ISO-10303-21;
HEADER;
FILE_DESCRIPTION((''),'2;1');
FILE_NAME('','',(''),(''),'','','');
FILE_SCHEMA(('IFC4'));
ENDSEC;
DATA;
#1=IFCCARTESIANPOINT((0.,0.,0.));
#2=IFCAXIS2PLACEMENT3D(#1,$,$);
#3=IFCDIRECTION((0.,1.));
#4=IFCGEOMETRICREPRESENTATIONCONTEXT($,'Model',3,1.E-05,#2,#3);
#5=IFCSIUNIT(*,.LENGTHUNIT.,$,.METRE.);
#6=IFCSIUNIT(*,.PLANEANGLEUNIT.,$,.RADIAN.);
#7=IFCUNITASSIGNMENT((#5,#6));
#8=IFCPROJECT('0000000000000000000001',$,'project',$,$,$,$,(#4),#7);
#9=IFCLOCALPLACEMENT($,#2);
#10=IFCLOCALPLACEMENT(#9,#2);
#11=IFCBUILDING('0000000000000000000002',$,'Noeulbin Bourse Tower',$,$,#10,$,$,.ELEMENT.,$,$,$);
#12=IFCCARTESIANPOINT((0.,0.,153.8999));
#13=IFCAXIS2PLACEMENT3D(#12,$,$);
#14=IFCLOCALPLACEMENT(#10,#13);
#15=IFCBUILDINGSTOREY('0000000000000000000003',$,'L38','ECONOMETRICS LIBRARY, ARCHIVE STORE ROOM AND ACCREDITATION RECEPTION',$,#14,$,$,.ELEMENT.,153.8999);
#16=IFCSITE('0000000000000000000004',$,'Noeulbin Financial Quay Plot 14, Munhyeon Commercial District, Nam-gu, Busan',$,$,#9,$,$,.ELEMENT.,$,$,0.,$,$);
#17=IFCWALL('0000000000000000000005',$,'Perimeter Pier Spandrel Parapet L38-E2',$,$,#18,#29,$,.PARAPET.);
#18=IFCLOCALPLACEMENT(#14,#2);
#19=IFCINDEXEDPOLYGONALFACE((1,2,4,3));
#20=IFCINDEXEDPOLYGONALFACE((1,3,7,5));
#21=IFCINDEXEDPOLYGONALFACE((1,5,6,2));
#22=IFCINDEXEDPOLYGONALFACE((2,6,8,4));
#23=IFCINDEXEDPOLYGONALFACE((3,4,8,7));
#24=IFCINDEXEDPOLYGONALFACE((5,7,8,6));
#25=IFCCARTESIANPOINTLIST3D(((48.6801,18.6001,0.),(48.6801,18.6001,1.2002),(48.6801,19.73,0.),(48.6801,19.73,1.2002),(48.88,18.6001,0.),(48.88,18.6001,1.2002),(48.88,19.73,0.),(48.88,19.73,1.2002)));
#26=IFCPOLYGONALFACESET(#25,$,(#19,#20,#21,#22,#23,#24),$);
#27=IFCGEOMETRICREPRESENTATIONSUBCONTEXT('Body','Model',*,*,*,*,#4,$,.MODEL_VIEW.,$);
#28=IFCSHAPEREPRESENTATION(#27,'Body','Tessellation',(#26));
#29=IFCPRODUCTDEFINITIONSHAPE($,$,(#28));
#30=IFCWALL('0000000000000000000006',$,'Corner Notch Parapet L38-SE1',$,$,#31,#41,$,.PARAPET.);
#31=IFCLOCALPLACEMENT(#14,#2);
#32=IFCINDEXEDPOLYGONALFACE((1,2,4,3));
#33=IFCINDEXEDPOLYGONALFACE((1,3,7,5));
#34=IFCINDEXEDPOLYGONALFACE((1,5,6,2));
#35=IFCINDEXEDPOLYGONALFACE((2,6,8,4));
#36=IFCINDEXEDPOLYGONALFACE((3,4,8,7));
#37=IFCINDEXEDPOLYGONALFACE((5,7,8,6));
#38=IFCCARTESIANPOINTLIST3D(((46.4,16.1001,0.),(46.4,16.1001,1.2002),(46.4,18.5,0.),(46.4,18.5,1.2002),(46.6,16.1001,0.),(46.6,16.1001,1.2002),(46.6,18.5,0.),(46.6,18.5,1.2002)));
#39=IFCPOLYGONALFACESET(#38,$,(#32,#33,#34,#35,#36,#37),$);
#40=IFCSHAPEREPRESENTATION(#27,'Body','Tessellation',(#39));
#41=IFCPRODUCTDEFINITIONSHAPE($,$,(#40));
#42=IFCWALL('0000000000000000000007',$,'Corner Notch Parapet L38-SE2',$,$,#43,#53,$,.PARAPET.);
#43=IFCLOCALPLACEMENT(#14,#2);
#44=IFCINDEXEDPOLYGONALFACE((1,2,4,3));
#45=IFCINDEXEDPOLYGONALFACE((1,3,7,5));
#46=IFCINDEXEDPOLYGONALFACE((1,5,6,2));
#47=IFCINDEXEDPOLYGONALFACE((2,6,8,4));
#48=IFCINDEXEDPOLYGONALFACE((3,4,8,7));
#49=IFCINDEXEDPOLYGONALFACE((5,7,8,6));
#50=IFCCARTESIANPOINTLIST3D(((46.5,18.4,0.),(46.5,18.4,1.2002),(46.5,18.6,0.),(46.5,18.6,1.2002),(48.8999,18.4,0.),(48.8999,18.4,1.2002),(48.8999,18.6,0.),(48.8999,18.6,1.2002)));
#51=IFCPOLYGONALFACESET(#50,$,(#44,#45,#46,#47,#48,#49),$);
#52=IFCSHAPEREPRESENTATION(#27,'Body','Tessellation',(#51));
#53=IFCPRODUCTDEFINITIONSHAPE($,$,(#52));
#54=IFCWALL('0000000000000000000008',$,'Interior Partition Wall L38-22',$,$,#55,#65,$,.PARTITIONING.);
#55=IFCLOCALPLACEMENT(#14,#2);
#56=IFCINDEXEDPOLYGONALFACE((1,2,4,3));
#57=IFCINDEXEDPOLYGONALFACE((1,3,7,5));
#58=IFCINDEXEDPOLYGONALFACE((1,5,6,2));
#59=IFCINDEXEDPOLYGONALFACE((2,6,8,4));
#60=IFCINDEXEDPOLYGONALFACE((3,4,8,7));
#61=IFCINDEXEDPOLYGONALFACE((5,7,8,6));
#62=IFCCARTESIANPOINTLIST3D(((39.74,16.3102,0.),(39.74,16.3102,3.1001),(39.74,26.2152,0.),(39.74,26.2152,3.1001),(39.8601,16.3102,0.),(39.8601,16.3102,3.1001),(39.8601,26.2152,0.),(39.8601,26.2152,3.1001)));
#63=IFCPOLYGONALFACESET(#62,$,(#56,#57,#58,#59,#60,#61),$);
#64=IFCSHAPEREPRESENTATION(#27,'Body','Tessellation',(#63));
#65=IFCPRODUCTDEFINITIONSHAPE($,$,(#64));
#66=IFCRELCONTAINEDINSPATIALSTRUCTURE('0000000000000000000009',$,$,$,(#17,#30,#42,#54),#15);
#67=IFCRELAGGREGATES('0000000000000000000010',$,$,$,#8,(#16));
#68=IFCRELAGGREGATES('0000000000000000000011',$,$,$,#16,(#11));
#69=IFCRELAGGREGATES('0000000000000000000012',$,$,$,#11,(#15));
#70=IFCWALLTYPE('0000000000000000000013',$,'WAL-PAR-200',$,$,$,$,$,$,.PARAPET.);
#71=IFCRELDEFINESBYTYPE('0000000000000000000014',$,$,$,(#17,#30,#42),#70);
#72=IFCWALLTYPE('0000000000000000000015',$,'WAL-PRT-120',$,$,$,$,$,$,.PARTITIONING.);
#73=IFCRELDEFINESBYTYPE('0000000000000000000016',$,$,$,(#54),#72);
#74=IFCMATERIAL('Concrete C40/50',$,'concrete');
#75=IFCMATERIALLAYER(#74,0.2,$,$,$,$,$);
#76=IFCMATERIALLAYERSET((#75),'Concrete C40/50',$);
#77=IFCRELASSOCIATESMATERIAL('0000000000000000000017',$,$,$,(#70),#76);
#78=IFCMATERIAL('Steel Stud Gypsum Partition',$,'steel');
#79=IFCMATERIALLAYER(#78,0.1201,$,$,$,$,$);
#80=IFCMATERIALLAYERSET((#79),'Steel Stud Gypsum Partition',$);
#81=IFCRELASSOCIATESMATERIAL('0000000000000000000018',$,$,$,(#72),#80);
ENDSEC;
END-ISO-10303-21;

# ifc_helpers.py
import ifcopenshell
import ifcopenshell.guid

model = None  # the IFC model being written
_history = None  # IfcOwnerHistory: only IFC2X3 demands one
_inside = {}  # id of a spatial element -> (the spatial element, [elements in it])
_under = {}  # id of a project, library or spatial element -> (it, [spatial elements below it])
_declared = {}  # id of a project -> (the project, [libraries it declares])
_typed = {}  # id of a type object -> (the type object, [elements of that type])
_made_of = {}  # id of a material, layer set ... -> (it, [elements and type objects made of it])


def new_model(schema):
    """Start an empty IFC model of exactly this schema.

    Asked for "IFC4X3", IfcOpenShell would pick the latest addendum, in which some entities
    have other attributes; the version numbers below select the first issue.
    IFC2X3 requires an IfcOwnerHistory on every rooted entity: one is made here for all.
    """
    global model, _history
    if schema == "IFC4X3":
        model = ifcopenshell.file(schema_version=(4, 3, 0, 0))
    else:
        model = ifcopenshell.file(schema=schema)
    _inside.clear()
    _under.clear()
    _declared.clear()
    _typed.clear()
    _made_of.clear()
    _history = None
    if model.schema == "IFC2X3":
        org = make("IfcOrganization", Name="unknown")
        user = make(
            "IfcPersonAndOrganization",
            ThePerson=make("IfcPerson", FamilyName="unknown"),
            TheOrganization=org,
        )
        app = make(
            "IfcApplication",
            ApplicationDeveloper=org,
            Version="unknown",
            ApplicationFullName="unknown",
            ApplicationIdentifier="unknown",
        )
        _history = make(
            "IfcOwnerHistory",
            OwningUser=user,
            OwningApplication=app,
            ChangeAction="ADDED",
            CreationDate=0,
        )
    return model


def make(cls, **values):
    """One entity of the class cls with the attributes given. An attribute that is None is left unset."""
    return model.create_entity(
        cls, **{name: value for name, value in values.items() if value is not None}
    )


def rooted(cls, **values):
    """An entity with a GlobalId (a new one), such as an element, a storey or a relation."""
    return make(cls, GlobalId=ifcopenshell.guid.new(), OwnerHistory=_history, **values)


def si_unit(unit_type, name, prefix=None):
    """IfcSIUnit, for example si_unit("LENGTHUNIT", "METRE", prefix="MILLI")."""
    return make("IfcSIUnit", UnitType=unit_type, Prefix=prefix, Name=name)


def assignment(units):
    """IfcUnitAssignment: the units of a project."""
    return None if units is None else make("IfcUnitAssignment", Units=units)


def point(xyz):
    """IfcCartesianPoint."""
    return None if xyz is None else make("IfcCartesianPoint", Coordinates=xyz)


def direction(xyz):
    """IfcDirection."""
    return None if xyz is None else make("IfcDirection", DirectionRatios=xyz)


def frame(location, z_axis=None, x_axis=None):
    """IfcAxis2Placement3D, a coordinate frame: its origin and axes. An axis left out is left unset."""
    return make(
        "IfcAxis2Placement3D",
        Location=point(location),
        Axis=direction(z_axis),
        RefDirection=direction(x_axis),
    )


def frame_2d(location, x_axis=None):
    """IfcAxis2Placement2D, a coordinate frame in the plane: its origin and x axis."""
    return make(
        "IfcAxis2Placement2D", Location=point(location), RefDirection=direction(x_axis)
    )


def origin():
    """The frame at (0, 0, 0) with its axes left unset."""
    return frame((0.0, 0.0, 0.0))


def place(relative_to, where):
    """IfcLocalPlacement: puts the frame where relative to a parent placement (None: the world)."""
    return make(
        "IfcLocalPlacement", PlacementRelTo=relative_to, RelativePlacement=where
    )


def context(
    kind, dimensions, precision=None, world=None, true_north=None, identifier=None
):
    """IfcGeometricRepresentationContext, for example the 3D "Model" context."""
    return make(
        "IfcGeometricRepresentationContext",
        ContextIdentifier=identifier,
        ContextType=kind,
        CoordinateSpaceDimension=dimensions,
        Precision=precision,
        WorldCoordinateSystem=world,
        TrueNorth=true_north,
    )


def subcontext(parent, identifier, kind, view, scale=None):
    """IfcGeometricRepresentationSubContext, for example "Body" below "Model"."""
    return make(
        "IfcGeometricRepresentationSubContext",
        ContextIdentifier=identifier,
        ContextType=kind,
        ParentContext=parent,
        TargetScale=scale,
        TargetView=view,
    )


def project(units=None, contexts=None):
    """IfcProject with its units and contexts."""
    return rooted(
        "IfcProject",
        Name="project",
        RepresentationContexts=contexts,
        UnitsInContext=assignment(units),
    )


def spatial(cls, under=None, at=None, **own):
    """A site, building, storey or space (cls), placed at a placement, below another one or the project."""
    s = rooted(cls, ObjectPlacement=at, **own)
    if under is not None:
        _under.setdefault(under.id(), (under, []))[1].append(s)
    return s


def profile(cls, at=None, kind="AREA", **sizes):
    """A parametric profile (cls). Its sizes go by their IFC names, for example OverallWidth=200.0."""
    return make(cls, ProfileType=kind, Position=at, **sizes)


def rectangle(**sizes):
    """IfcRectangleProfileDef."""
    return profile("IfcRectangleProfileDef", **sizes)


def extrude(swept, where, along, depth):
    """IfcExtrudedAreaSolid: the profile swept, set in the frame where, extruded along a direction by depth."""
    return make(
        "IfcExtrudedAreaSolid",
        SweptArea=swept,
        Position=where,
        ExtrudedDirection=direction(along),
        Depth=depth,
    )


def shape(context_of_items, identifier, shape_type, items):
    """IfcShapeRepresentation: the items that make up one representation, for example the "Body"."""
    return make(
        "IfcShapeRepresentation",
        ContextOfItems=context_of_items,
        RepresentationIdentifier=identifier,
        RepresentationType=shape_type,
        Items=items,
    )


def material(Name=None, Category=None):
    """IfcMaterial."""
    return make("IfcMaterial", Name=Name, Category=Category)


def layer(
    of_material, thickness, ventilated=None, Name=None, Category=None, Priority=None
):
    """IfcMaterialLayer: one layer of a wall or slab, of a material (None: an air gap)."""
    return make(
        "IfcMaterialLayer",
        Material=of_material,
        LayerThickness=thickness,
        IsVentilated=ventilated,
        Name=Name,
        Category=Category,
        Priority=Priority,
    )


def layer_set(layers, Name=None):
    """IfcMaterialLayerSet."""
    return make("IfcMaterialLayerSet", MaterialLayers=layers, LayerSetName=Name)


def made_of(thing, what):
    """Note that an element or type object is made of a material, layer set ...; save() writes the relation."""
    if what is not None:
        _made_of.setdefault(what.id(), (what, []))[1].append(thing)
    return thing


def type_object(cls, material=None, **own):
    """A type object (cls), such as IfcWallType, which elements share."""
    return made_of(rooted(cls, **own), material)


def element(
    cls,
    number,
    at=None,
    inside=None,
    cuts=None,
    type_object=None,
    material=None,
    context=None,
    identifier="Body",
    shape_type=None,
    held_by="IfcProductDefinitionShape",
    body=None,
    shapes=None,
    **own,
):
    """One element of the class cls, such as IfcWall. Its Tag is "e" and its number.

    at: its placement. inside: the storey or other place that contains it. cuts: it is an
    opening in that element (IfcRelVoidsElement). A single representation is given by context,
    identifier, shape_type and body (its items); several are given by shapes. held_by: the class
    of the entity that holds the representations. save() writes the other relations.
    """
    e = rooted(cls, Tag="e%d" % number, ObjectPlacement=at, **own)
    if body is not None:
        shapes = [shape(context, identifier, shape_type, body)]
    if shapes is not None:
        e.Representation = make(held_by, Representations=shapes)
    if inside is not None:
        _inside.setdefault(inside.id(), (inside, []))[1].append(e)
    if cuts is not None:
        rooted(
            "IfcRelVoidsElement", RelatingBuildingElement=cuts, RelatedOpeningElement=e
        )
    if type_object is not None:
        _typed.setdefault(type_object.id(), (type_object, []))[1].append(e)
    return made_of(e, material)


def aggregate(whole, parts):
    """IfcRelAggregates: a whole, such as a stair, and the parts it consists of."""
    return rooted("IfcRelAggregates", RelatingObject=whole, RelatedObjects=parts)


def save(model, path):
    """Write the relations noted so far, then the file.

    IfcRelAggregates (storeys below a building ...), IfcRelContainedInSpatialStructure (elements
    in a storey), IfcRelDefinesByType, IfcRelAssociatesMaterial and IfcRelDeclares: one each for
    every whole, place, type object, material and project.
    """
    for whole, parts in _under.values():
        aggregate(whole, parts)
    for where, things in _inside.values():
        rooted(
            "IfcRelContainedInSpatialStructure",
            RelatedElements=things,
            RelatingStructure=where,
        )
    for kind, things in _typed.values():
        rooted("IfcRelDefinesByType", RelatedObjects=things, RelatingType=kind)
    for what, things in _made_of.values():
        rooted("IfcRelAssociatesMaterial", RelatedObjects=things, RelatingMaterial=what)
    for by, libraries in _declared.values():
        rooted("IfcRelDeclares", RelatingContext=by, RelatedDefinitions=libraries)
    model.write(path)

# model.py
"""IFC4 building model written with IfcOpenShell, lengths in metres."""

from ifc_helpers import new_model, si_unit, direction, frame, frame_2d, origin, place, context, subcontext, project, spatial, rectangle, extrude, material, layer, layer_set, type_object, element, save


model = new_model("IFC4")

# Units and contexts
model_context = context("Model", 3, precision=1e-05, world=origin(), true_north=direction((0.0, 1.0)))
body_context = subcontext(model_context, "Body", "Model", "MODEL_VIEW")
ifc_project = project(units=[si_unit("LENGTHUNIT", "METRE"), si_unit("PLANEANGLEUNIT", "RADIAN")], contexts=[model_context])

# Site, building, storey
site_placement = place(None, origin())
site = spatial("IfcSite", under=ifc_project, at=site_placement, Name="Noeulbin Financial Quay Plot 14, Munhyeon Commercial District, Nam-gu, Busan", CompositionType="ELEMENT", RefElevation=0.0)
building_placement = place(site_placement, origin())
building = spatial("IfcBuilding", under=site, at=building_placement, Name="Noeulbin Bourse Tower", CompositionType="ELEMENT")
storey_placement = place(building_placement, frame((0.0, 0.0, 153.8999)))
storey = spatial("IfcBuildingStorey", under=building, at=storey_placement, Name="L38", Description="ECONOMETRICS LIBRARY, ARCHIVE STORE ROOM AND ACCREDITATION RECEPTION", CompositionType="ELEMENT", Elevation=153.8999)

# Walls
ifc_material_1 = material(Name="Concrete C40/50", Category="concrete")
ifc_layer_1 = layer(ifc_material_1, 0.2)
ifc_layer_set_1 = layer_set([ifc_layer_1], Name="Concrete C40/50")
wall_type_1 = type_object("IfcWallType", Name="WAL-PAR-200", PredefinedType="PARAPET", material=ifc_layer_set_1)
wall_1_placement = place(storey_placement, frame((48.78, 18.6001, 0.0), z_axis=(0.0, 0.0, 1.0), x_axis=(0.0, 1.0, 0.0)))
element("IfcWall", 1, at=wall_1_placement, inside=storey, type_object=wall_type_1, Name="Perimeter Pier Spandrel Parapet L38-E2", PredefinedType="PARAPET", context=body_context, shape_type="SweptSolid", body=[
    extrude(rectangle(XDim=1.1299, YDim=0.2, at=frame_2d((0.5649, 0.0))), origin(), (0.0, 0.0, 1.0), 1.2002),
])
for number, where, z_axis, x_axis, name in (
    (2, (46.5, 16.1001, 0.0), (0.0, 0.0, 1.0), (0.0, 1.0, 0.0), "Corner Notch Parapet L38-SE1"),
    (3, (46.5, 18.5, 0.0), (0.0, 0.0, 1.0), (1.0, 0.0, 0.0), "Corner Notch Parapet L38-SE2"),
):
    element("IfcWall", number, at=place(storey_placement, frame(where, z_axis=z_axis, x_axis=x_axis)), inside=storey, type_object=wall_type_1, Name=name, PredefinedType="PARAPET", context=body_context, shape_type="SweptSolid", body=[
        extrude(rectangle(XDim=2.3999, YDim=0.2, at=frame_2d((1.2, 0.0))), origin(), (0.0, 0.0, 1.0), 1.2002),
    ])
ifc_material_2 = material(Name="Steel Stud Gypsum Partition", Category="steel")
ifc_layer_2 = layer(ifc_material_2, 0.1201)
ifc_layer_set_2 = layer_set([ifc_layer_2], Name="Steel Stud Gypsum Partition")
wall_type_2 = type_object("IfcWallType", Name="WAL-PRT-120", PredefinedType="PARTITIONING", material=ifc_layer_set_2)
wall_2_placement = place(storey_placement, frame((39.8, 16.3101, 0.0), z_axis=(0.0, 0.0, 1.0), x_axis=(0.0, 1.0, 0.0)))
element("IfcWall", 4, at=wall_2_placement, inside=storey, type_object=wall_type_2, Name="Interior Partition Wall L38-22", PredefinedType="PARTITIONING", context=body_context, shape_type="SweptSolid", body=[
    extrude(rectangle(XDim=9.905, YDim=0.1201, at=frame_2d((4.9526, 0.0))), origin(), (0.0, 0.0, 1.0), 3.1001),
])

save(model, "model.ifc")
